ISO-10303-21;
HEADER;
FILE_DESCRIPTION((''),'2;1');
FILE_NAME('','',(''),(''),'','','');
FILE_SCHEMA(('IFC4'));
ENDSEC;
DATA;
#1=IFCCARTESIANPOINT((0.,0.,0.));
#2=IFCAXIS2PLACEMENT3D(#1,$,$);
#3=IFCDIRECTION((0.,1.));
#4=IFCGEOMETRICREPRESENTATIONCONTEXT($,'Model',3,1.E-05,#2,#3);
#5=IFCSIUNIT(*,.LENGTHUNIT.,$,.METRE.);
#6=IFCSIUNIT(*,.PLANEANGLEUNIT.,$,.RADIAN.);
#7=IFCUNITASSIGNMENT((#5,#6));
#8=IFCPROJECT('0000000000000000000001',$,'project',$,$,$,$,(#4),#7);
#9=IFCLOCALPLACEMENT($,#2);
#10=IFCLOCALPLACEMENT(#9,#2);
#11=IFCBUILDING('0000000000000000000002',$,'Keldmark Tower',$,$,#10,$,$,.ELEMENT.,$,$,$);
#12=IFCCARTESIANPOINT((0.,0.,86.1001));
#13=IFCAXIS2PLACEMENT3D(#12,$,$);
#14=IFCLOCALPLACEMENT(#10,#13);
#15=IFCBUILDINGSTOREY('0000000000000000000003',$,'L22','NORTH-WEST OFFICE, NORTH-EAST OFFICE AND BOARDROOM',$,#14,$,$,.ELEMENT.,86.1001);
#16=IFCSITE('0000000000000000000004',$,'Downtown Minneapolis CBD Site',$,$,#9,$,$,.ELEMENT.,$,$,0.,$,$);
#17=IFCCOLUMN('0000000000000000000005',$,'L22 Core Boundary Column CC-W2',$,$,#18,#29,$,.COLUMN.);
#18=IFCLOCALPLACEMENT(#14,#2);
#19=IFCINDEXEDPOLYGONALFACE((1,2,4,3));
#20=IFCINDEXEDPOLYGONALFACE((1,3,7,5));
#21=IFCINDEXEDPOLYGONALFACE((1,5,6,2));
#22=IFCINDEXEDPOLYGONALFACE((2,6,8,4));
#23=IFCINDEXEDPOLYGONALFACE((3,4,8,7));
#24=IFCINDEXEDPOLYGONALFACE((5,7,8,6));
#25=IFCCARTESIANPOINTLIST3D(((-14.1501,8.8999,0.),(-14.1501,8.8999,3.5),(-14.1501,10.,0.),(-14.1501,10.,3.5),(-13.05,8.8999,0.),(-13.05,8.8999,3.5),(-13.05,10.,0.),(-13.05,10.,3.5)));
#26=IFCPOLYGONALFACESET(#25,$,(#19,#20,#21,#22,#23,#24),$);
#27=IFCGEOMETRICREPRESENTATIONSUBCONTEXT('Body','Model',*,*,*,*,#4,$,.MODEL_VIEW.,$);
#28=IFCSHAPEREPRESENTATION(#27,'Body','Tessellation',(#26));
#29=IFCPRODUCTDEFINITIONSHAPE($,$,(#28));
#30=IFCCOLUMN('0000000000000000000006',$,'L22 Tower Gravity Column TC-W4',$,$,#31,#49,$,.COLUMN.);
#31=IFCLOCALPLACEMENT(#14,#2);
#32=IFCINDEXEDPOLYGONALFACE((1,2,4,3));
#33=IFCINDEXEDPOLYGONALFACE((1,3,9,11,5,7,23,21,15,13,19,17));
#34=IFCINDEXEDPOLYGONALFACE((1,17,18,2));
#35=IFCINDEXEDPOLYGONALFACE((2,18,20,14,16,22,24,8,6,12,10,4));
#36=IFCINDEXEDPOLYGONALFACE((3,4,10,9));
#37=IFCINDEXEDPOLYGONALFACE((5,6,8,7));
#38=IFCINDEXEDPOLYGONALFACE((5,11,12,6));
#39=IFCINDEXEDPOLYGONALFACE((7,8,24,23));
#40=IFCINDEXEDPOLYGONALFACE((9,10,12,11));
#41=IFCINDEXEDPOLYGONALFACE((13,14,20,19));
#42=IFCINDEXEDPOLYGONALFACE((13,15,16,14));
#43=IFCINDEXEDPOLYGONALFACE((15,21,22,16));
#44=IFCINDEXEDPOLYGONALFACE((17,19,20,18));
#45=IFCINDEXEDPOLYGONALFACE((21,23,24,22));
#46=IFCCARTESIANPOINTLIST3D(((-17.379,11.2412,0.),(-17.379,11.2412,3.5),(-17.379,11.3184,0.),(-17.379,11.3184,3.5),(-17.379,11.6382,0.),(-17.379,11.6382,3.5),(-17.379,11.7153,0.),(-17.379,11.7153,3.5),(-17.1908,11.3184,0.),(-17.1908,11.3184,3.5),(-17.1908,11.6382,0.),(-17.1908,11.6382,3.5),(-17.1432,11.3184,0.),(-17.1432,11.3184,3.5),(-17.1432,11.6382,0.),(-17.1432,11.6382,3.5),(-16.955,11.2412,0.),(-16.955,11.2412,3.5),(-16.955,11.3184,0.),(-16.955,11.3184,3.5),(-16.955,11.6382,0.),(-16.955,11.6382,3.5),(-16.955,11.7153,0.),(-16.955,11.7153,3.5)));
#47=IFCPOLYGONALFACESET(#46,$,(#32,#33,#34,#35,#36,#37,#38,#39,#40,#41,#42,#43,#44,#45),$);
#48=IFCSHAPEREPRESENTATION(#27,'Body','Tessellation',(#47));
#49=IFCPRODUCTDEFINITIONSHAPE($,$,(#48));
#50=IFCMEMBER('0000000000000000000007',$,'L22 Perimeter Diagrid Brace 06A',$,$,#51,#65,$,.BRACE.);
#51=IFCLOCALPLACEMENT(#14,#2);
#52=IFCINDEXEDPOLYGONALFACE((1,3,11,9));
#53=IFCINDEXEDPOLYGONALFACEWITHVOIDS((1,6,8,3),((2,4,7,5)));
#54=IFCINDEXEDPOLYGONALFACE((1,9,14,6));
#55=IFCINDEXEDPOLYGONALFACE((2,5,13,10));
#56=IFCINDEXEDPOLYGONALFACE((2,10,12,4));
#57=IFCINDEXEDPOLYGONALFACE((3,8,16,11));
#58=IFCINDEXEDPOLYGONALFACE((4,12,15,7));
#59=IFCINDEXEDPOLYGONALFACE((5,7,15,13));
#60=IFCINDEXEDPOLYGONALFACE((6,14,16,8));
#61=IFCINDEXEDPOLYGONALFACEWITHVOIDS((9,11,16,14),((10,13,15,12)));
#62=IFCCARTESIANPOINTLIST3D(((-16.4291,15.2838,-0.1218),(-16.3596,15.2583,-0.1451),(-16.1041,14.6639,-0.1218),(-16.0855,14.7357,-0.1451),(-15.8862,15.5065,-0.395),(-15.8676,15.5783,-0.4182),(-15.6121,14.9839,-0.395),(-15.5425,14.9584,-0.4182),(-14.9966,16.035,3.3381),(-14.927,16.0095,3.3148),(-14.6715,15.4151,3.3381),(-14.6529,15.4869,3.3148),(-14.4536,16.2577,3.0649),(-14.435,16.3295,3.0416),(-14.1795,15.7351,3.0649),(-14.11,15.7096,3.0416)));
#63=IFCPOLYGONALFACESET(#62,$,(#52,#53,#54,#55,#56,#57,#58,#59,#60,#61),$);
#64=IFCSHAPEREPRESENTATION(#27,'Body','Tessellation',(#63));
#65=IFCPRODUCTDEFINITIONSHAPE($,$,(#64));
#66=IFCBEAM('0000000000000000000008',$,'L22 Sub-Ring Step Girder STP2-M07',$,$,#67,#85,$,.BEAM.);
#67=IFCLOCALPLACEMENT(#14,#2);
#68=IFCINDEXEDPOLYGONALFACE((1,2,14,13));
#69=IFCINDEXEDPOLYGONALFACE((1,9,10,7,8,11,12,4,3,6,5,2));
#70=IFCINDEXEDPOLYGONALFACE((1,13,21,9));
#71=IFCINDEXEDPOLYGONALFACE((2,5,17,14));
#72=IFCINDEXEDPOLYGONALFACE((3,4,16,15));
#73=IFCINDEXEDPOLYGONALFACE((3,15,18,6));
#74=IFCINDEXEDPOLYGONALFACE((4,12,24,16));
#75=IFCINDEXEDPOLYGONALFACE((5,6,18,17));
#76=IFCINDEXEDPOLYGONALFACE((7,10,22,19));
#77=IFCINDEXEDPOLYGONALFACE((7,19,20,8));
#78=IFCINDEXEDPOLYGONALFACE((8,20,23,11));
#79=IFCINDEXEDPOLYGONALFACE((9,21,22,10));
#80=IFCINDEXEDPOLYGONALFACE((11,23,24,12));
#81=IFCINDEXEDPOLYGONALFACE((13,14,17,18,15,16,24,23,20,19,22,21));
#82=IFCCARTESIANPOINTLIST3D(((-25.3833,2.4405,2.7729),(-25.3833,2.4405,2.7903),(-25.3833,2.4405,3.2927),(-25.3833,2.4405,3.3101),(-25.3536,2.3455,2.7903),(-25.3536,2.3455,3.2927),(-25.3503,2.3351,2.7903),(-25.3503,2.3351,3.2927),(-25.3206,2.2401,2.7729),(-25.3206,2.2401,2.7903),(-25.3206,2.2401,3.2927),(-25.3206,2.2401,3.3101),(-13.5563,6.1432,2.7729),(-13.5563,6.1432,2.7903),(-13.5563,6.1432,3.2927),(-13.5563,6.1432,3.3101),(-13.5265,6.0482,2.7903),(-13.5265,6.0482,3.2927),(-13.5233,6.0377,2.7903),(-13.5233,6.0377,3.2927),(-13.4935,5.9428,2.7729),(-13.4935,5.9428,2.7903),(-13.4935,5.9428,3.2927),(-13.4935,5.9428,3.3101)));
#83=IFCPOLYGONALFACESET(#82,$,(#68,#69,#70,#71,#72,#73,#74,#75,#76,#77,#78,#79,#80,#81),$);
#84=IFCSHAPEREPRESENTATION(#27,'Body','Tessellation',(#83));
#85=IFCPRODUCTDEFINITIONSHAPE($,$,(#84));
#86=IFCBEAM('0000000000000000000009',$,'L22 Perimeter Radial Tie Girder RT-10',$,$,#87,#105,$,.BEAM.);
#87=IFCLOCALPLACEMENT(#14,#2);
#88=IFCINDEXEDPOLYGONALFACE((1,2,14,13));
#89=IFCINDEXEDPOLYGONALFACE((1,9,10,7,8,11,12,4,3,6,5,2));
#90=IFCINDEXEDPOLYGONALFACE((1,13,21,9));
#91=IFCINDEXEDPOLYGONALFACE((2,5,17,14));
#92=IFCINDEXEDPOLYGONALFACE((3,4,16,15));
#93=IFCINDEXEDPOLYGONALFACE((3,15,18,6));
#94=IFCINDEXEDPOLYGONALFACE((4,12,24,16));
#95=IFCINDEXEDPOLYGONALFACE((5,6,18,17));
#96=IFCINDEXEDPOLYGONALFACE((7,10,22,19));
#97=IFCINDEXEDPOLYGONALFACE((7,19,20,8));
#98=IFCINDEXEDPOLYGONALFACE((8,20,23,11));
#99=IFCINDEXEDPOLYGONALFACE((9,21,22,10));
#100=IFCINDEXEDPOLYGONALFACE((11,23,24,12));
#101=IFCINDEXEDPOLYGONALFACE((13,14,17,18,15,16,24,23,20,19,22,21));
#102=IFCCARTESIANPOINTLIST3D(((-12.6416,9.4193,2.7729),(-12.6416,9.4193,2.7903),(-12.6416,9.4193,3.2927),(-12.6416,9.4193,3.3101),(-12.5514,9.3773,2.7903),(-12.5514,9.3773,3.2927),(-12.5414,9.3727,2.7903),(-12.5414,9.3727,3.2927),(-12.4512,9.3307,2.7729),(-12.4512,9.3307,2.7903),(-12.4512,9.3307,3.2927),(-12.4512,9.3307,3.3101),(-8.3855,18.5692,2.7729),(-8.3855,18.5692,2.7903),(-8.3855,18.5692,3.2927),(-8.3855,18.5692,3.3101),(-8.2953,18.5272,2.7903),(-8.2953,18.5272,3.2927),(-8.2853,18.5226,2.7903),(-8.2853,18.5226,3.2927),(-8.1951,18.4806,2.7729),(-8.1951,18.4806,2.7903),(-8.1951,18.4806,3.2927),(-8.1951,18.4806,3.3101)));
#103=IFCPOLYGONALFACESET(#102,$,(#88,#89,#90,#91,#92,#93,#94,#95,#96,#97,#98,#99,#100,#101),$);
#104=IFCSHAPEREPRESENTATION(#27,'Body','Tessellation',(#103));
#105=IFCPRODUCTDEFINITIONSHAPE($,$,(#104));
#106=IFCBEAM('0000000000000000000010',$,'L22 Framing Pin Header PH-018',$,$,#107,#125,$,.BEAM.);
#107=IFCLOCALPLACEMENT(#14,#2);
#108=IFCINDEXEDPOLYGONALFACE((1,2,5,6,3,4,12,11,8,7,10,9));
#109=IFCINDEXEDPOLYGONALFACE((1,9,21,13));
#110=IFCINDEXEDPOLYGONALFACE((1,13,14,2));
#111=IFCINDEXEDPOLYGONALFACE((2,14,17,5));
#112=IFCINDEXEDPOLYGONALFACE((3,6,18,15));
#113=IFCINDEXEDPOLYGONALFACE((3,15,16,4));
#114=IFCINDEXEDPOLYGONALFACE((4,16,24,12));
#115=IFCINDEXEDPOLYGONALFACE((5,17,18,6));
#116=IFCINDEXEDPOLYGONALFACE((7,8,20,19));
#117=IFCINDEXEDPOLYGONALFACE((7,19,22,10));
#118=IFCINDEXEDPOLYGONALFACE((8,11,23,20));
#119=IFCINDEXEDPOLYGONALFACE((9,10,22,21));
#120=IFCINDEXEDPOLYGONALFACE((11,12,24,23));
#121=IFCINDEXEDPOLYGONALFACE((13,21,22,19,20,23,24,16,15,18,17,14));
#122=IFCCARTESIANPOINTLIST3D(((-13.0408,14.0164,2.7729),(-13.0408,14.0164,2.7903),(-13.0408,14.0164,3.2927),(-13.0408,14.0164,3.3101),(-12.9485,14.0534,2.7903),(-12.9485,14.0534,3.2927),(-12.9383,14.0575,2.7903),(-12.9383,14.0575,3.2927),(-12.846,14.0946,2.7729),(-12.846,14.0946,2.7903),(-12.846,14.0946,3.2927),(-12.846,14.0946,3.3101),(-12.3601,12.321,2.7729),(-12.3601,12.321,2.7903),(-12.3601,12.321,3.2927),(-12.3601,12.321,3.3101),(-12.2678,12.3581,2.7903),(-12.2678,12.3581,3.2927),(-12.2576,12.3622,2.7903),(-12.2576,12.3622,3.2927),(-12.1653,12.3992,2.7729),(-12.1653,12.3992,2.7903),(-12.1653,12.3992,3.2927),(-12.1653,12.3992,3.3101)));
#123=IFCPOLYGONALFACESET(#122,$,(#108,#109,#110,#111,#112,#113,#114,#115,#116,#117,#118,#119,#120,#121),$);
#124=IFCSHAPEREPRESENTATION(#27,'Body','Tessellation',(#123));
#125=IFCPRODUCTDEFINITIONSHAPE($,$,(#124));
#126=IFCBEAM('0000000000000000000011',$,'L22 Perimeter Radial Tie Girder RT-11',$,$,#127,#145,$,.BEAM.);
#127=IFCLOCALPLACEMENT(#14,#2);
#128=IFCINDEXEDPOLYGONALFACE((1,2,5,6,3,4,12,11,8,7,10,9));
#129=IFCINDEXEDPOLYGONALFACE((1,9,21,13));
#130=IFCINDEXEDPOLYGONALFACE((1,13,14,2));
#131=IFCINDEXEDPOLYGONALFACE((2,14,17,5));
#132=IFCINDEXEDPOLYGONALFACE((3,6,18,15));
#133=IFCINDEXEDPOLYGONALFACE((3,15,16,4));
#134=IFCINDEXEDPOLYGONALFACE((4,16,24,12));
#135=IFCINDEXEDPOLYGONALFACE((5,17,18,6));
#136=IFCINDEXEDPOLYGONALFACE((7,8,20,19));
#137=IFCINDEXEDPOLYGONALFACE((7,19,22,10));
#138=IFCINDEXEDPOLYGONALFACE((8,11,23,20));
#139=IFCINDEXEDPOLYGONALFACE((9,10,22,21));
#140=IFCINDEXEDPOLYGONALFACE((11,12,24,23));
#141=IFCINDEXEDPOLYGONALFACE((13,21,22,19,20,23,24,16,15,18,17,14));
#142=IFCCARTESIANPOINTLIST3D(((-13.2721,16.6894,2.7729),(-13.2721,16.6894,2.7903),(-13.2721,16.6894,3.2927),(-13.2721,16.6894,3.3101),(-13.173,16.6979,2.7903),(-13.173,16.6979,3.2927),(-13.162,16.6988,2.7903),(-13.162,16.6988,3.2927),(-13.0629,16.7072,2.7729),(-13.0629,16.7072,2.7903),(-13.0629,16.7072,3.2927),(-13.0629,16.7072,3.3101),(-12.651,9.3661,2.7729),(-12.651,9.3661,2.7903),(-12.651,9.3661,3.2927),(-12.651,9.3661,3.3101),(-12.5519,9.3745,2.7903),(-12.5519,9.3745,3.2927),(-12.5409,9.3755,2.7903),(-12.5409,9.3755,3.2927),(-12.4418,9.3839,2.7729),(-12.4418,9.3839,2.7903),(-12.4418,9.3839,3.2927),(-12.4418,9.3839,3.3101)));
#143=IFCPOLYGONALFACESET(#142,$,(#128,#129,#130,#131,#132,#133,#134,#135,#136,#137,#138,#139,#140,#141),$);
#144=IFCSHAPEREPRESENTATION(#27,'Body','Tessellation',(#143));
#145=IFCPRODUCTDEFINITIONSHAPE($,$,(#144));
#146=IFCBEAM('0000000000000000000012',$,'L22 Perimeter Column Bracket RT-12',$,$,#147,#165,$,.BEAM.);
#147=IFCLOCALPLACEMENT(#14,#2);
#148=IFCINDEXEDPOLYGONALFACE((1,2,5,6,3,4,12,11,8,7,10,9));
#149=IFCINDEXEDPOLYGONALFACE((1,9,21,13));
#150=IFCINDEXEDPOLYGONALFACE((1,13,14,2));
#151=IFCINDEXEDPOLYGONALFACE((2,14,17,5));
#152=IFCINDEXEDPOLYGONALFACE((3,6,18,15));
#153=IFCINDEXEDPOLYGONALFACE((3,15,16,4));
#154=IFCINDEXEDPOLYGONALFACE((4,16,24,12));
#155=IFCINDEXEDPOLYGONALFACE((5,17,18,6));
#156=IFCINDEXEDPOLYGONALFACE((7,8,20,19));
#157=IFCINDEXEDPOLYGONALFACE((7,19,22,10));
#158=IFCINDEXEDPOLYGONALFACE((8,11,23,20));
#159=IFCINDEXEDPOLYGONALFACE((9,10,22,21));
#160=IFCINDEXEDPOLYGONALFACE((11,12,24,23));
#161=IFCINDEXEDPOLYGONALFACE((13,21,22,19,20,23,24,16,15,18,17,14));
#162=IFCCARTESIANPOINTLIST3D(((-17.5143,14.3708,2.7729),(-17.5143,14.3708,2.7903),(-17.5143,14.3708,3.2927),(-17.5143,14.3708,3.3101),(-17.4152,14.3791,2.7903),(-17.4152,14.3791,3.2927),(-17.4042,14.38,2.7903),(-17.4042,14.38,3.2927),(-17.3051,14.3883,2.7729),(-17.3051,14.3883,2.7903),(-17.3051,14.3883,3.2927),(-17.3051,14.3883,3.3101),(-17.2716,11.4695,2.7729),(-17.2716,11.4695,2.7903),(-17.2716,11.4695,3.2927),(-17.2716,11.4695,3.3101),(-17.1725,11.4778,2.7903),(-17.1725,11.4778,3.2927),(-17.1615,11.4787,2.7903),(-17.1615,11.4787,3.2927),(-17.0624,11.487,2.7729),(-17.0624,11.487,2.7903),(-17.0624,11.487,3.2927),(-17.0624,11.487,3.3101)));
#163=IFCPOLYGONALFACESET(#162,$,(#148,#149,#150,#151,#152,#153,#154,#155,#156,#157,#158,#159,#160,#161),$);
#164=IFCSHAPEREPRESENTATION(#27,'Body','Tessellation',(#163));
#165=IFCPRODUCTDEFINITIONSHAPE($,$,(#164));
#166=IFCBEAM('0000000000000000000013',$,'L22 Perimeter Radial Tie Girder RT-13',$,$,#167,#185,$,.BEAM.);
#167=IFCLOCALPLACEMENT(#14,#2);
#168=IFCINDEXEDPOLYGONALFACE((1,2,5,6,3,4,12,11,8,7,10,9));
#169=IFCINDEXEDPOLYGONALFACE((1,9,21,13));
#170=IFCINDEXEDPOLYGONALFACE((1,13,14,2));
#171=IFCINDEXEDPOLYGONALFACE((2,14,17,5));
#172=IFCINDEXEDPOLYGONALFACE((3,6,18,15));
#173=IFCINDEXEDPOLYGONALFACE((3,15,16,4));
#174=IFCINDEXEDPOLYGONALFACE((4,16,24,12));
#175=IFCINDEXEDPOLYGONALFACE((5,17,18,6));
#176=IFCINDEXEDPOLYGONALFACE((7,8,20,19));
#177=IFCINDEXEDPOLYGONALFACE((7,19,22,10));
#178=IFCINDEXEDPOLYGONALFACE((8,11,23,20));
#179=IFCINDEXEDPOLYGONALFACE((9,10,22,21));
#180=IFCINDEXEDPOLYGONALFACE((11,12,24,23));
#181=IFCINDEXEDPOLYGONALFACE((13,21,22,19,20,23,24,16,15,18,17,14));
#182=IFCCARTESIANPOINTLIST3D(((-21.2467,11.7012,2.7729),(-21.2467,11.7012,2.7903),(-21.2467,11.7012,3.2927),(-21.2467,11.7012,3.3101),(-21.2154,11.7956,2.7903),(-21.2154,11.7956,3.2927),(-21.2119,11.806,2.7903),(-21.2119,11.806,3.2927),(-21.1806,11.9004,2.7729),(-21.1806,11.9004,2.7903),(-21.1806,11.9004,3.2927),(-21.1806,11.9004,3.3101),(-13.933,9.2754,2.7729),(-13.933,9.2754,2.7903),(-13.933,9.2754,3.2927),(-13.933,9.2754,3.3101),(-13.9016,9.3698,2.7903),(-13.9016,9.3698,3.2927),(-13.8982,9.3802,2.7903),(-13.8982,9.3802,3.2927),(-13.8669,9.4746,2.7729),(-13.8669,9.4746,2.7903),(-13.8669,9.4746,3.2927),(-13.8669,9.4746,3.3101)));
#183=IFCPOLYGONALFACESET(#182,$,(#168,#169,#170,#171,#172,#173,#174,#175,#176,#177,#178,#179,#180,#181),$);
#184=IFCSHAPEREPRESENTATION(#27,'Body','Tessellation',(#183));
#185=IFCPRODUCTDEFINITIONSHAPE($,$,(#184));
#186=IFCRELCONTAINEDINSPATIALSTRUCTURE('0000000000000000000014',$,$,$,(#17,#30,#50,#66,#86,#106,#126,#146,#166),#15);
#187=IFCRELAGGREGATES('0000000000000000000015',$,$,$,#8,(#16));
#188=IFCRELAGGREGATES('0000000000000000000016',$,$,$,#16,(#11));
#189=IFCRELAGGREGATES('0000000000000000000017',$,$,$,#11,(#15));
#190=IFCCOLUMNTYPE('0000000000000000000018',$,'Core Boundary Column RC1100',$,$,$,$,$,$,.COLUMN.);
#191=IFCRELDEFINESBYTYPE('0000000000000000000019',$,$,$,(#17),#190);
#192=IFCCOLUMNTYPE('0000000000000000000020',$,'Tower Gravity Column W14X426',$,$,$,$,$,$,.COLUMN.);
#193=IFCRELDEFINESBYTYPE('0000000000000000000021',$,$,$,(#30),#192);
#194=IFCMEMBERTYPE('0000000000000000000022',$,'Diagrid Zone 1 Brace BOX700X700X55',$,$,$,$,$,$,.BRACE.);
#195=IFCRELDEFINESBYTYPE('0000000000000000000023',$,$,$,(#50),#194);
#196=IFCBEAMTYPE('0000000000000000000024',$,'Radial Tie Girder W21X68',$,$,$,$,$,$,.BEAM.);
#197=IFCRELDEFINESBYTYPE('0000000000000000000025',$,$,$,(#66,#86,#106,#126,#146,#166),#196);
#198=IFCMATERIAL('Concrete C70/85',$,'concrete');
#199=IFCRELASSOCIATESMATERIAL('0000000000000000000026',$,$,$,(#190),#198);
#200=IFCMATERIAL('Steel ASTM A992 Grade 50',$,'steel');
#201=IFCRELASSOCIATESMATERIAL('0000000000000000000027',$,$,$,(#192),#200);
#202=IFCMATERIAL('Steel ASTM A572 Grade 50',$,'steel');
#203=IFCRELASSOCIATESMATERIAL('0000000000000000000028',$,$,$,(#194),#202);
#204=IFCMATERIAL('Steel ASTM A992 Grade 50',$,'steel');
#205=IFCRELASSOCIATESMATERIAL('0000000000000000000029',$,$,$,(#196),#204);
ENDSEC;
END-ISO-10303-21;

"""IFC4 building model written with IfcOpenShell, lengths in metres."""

from ifc_helpers import new_model, si_unit, direction, frame, origin, origin_2d, place, context, subcontext, project, spatial, rectangle, hollow_rectangle, i_section, extrude, material, material_profile, profile_set, type_object, element, save


model = new_model("IFC4")

# Units and contexts
model_context = context("Model", 3, precision=1e-05, world=origin(), true_north=direction((0.0, 1.0)))
body_context = subcontext(model_context, "Body", "Model", "MODEL_VIEW")
ifc_project = project(units=[si_unit("LENGTHUNIT", "METRE"), si_unit("PLANEANGLEUNIT", "RADIAN")], contexts=[model_context])

# Site, building, storey
site_placement = place(None, origin())
site = spatial("IfcSite", under=ifc_project, at=site_placement, Name="Downtown Minneapolis CBD Site", CompositionType="ELEMENT", RefElevation=0.0)
building_placement = place(site_placement, origin())
building = spatial("IfcBuilding", under=site, at=building_placement, Name="Keldmark Tower", CompositionType="ELEMENT")
storey_placement = place(building_placement, frame((0.0, 0.0, 86.1001)))
storey = spatial("IfcBuildingStorey", under=building, at=storey_placement, Name="L22", Description="NORTH-WEST OFFICE, NORTH-EAST OFFICE AND BOARDROOM", CompositionType="ELEMENT", Elevation=86.1001)

# Columns
ifc_material_1 = material(Name="Concrete C70/85", Category="concrete")
ifc_material_profile_1 = material_profile(ifc_material_1, rectangle(XDim=1.1001, YDim=1.1001, at=origin_2d()), Name="RC1100X1100")
ifc_profile_set_1 = profile_set([ifc_material_profile_1], Name="Concrete C70/85")
column_type_1 = type_object("IfcColumnType", Name="Core Boundary Column RC1100", PredefinedType="COLUMN", material=ifc_profile_set_1)
column_1_placement = place(storey_placement, frame((-13.6001, 9.45, 0.0), z_axis=(0.0, 0.0, 1.0), x_axis=(1.0, 0.0, 0.0)))
element("IfcColumn", 1, at=column_1_placement, inside=storey, type_object=column_type_1, Name="L22 Core Boundary Column CC-W2", PredefinedType="COLUMN", context=body_context, shape_type="SweptSolid", body=[
    extrude(rectangle(XDim=1.1001, YDim=1.1001, at=origin_2d()), origin(), (0.0, 0.0, 1.0), 3.5),
])
ifc_material_2 = material(Name="Steel ASTM A992 Grade 50", Category="steel")
ifc_material_profile_2 = material_profile(ifc_material_2, i_section(OverallWidth=0.4241, OverallDepth=0.4741, WebThickness=0.0476, FlangeThickness=0.0771, at=origin_2d()), Name="W14X426")
ifc_profile_set_2 = profile_set([ifc_material_profile_2], Name="Steel ASTM A992 Grade 50")
column_type_2 = type_object("IfcColumnType", Name="Tower Gravity Column W14X426", PredefinedType="COLUMN", material=ifc_profile_set_2)
column_2_placement = place(storey_placement, frame((-17.167, 11.4783, 0.0), z_axis=(0.0, 0.0, 1.0), x_axis=(1.0, 0.0, 0.0)))
element("IfcColumn", 2, at=column_2_placement, inside=storey, type_object=column_type_2, Name="L22 Tower Gravity Column TC-W4", PredefinedType="COLUMN", context=body_context, shape_type="SweptSolid", body=[
    extrude(i_section(OverallWidth=0.4241, OverallDepth=0.4741, WebThickness=0.0476, FlangeThickness=0.0771, at=origin_2d()), origin(), (0.0, 0.0, 1.0), 3.5),
])

# Member
ifc_material_3 = material(Name="Steel ASTM A572 Grade 50", Category="steel")
ifc_material_profile_3 = material_profile(ifc_material_3, hollow_rectangle(XDim=0.7, YDim=0.7, WallThickness=0.0549, at=origin_2d()), Name="BOX700X700X55")
ifc_profile_set_3 = profile_set([ifc_material_profile_3], Name="Steel ASTM A572 Grade 50")
member_type = type_object("IfcMemberType", Name="Diagrid Zone 1 Brace BOX700X700X55", PredefinedType="BRACE", material=ifc_profile_set_3)
member_placement = place(storey_placement, frame((-15.9858, 15.1211, -0.27), z_axis=(0.375087, 0.196684, 0.905884), x_axis=(-0.464396, 0.885628, 0.0)))
element("IfcMember", 3, at=member_placement, inside=storey, type_object=member_type, Name="L22 Perimeter Diagrid Brace 06A", PredefinedType="BRACE", context=body_context, shape_type="SweptSolid", body=[
    extrude(hollow_rectangle(XDim=0.7, YDim=0.7, WallThickness=0.0549, at=origin_2d()), origin(), (0.0, 0.0, 1.0), 3.8193),
])

# Beams
ifc_material_4 = material(Name="Steel ASTM A992 Grade 50", Category="steel")
ifc_material_profile_4 = material_profile(ifc_material_4, i_section(OverallWidth=0.21, OverallDepth=0.5371, WebThickness=0.011, FlangeThickness=0.0173, at=origin_2d()), Name="W21X68")
ifc_profile_set_4 = profile_set([ifc_material_profile_4], Name="Steel ASTM A992 Grade 50")
beam_type_1 = type_object("IfcBeamType", Name="Radial Tie Girder W21X68", PredefinedType="BEAM", material=ifc_profile_set_4)
beam_1_placement = place(storey_placement, frame((-13.5249, 6.043, 3.0415), z_axis=(-0.954325, -0.29877, 0.0), x_axis=(0.29877, -0.954325, 0.0)))
element("IfcBeam", 4, at=beam_1_placement, inside=storey, type_object=beam_type_1, Name="L22 Sub-Ring Step Girder STP2-M07", PredefinedType="BEAM", context=body_context, shape_type="SweptSolid", body=[
    extrude(i_section(OverallWidth=0.21, OverallDepth=0.5371, WebThickness=0.011, FlangeThickness=0.0173, at=origin_2d()), origin(), (0.0, 0.0, 1.0), 12.3931),
])
beam_2_placement = place(storey_placement, frame((-12.5464, 9.375, 3.0415), z_axis=(0.421758, 0.906708, 0.0), x_axis=(-0.906708, 0.421758, 0.0)))
element("IfcBeam", 5, at=beam_2_placement, inside=storey, type_object=beam_type_1, Name="L22 Perimeter Radial Tie Girder RT-10", PredefinedType="BEAM", context=body_context, shape_type="SweptSolid", body=[
    extrude(i_section(OverallWidth=0.21, OverallDepth=0.5371, WebThickness=0.011, FlangeThickness=0.0173, at=origin_2d()), origin(), (0.0, 0.0, 1.0), 10.0913),
])
beam_3_placement = place(storey_placement, frame((-12.2627, 12.3601, 3.0415), z_axis=(-0.372589, 0.927997, 0.0), x_axis=(-0.927997, -0.372589, 0.0)))
element("IfcBeam", 6, at=beam_3_placement, inside=storey, type_object=beam_type_1, Name="L22 Framing Pin Header PH-018", PredefinedType="BEAM", context=body_context, shape_type="SweptSolid", body=[
    extrude(i_section(OverallWidth=0.21, OverallDepth=0.5371, WebThickness=0.011, FlangeThickness=0.0173, at=origin_2d()), origin(), (0.0, 0.0, 1.0), 1.8269),
])
beam_4_placement = place(storey_placement, frame((-12.5464, 9.375, 3.0415), z_axis=(-0.084508, 0.996423, 0.0), x_axis=(-0.996423, -0.084508, 0.0)))
element("IfcBeam", 7, at=beam_4_placement, inside=storey, type_object=beam_type_1, Name="L22 Perimeter Radial Tie Girder RT-11", PredefinedType="BEAM", context=body_context, shape_type="SweptSolid", body=[
    extrude(i_section(OverallWidth=0.21, OverallDepth=0.5371, WebThickness=0.011, FlangeThickness=0.0173, at=origin_2d()), origin(), (0.0, 0.0, 1.0), 7.3496),
])
beam_5_placement = place(storey_placement, frame((-17.167, 11.4783, 3.0415), z_axis=(-0.083358, 0.99652, 0.0), x_axis=(-0.99652, -0.083358, 0.0)))
element("IfcBeam", 8, at=beam_5_placement, inside=storey, type_object=beam_type_1, Name="L22 Perimeter Column Bracket RT-12", PredefinedType="BEAM", context=body_context, shape_type="SweptSolid", body=[
    extrude(i_section(OverallWidth=0.21, OverallDepth=0.5371, WebThickness=0.011, FlangeThickness=0.0173, at=origin_2d()), origin(), (0.0, 0.0, 1.0), 2.9114),
])
beam_6_placement = place(storey_placement, frame((-13.8999, 9.375, 3.0415), z_axis=(-0.949154, 0.314811, 0.0), x_axis=(-0.314811, -0.949154, 0.0)))
element("IfcBeam", 9, at=beam_6_placement, inside=storey, type_object=beam_type_1, Name="L22 Perimeter Radial Tie Girder RT-13", PredefinedType="BEAM", context=body_context, shape_type="SweptSolid", body=[
    extrude(i_section(OverallWidth=0.21, OverallDepth=0.5371, WebThickness=0.011, FlangeThickness=0.0173, at=origin_2d()), origin(), (0.0, 0.0, 1.0), 7.7056),
])

save(model, "model.ifc")
